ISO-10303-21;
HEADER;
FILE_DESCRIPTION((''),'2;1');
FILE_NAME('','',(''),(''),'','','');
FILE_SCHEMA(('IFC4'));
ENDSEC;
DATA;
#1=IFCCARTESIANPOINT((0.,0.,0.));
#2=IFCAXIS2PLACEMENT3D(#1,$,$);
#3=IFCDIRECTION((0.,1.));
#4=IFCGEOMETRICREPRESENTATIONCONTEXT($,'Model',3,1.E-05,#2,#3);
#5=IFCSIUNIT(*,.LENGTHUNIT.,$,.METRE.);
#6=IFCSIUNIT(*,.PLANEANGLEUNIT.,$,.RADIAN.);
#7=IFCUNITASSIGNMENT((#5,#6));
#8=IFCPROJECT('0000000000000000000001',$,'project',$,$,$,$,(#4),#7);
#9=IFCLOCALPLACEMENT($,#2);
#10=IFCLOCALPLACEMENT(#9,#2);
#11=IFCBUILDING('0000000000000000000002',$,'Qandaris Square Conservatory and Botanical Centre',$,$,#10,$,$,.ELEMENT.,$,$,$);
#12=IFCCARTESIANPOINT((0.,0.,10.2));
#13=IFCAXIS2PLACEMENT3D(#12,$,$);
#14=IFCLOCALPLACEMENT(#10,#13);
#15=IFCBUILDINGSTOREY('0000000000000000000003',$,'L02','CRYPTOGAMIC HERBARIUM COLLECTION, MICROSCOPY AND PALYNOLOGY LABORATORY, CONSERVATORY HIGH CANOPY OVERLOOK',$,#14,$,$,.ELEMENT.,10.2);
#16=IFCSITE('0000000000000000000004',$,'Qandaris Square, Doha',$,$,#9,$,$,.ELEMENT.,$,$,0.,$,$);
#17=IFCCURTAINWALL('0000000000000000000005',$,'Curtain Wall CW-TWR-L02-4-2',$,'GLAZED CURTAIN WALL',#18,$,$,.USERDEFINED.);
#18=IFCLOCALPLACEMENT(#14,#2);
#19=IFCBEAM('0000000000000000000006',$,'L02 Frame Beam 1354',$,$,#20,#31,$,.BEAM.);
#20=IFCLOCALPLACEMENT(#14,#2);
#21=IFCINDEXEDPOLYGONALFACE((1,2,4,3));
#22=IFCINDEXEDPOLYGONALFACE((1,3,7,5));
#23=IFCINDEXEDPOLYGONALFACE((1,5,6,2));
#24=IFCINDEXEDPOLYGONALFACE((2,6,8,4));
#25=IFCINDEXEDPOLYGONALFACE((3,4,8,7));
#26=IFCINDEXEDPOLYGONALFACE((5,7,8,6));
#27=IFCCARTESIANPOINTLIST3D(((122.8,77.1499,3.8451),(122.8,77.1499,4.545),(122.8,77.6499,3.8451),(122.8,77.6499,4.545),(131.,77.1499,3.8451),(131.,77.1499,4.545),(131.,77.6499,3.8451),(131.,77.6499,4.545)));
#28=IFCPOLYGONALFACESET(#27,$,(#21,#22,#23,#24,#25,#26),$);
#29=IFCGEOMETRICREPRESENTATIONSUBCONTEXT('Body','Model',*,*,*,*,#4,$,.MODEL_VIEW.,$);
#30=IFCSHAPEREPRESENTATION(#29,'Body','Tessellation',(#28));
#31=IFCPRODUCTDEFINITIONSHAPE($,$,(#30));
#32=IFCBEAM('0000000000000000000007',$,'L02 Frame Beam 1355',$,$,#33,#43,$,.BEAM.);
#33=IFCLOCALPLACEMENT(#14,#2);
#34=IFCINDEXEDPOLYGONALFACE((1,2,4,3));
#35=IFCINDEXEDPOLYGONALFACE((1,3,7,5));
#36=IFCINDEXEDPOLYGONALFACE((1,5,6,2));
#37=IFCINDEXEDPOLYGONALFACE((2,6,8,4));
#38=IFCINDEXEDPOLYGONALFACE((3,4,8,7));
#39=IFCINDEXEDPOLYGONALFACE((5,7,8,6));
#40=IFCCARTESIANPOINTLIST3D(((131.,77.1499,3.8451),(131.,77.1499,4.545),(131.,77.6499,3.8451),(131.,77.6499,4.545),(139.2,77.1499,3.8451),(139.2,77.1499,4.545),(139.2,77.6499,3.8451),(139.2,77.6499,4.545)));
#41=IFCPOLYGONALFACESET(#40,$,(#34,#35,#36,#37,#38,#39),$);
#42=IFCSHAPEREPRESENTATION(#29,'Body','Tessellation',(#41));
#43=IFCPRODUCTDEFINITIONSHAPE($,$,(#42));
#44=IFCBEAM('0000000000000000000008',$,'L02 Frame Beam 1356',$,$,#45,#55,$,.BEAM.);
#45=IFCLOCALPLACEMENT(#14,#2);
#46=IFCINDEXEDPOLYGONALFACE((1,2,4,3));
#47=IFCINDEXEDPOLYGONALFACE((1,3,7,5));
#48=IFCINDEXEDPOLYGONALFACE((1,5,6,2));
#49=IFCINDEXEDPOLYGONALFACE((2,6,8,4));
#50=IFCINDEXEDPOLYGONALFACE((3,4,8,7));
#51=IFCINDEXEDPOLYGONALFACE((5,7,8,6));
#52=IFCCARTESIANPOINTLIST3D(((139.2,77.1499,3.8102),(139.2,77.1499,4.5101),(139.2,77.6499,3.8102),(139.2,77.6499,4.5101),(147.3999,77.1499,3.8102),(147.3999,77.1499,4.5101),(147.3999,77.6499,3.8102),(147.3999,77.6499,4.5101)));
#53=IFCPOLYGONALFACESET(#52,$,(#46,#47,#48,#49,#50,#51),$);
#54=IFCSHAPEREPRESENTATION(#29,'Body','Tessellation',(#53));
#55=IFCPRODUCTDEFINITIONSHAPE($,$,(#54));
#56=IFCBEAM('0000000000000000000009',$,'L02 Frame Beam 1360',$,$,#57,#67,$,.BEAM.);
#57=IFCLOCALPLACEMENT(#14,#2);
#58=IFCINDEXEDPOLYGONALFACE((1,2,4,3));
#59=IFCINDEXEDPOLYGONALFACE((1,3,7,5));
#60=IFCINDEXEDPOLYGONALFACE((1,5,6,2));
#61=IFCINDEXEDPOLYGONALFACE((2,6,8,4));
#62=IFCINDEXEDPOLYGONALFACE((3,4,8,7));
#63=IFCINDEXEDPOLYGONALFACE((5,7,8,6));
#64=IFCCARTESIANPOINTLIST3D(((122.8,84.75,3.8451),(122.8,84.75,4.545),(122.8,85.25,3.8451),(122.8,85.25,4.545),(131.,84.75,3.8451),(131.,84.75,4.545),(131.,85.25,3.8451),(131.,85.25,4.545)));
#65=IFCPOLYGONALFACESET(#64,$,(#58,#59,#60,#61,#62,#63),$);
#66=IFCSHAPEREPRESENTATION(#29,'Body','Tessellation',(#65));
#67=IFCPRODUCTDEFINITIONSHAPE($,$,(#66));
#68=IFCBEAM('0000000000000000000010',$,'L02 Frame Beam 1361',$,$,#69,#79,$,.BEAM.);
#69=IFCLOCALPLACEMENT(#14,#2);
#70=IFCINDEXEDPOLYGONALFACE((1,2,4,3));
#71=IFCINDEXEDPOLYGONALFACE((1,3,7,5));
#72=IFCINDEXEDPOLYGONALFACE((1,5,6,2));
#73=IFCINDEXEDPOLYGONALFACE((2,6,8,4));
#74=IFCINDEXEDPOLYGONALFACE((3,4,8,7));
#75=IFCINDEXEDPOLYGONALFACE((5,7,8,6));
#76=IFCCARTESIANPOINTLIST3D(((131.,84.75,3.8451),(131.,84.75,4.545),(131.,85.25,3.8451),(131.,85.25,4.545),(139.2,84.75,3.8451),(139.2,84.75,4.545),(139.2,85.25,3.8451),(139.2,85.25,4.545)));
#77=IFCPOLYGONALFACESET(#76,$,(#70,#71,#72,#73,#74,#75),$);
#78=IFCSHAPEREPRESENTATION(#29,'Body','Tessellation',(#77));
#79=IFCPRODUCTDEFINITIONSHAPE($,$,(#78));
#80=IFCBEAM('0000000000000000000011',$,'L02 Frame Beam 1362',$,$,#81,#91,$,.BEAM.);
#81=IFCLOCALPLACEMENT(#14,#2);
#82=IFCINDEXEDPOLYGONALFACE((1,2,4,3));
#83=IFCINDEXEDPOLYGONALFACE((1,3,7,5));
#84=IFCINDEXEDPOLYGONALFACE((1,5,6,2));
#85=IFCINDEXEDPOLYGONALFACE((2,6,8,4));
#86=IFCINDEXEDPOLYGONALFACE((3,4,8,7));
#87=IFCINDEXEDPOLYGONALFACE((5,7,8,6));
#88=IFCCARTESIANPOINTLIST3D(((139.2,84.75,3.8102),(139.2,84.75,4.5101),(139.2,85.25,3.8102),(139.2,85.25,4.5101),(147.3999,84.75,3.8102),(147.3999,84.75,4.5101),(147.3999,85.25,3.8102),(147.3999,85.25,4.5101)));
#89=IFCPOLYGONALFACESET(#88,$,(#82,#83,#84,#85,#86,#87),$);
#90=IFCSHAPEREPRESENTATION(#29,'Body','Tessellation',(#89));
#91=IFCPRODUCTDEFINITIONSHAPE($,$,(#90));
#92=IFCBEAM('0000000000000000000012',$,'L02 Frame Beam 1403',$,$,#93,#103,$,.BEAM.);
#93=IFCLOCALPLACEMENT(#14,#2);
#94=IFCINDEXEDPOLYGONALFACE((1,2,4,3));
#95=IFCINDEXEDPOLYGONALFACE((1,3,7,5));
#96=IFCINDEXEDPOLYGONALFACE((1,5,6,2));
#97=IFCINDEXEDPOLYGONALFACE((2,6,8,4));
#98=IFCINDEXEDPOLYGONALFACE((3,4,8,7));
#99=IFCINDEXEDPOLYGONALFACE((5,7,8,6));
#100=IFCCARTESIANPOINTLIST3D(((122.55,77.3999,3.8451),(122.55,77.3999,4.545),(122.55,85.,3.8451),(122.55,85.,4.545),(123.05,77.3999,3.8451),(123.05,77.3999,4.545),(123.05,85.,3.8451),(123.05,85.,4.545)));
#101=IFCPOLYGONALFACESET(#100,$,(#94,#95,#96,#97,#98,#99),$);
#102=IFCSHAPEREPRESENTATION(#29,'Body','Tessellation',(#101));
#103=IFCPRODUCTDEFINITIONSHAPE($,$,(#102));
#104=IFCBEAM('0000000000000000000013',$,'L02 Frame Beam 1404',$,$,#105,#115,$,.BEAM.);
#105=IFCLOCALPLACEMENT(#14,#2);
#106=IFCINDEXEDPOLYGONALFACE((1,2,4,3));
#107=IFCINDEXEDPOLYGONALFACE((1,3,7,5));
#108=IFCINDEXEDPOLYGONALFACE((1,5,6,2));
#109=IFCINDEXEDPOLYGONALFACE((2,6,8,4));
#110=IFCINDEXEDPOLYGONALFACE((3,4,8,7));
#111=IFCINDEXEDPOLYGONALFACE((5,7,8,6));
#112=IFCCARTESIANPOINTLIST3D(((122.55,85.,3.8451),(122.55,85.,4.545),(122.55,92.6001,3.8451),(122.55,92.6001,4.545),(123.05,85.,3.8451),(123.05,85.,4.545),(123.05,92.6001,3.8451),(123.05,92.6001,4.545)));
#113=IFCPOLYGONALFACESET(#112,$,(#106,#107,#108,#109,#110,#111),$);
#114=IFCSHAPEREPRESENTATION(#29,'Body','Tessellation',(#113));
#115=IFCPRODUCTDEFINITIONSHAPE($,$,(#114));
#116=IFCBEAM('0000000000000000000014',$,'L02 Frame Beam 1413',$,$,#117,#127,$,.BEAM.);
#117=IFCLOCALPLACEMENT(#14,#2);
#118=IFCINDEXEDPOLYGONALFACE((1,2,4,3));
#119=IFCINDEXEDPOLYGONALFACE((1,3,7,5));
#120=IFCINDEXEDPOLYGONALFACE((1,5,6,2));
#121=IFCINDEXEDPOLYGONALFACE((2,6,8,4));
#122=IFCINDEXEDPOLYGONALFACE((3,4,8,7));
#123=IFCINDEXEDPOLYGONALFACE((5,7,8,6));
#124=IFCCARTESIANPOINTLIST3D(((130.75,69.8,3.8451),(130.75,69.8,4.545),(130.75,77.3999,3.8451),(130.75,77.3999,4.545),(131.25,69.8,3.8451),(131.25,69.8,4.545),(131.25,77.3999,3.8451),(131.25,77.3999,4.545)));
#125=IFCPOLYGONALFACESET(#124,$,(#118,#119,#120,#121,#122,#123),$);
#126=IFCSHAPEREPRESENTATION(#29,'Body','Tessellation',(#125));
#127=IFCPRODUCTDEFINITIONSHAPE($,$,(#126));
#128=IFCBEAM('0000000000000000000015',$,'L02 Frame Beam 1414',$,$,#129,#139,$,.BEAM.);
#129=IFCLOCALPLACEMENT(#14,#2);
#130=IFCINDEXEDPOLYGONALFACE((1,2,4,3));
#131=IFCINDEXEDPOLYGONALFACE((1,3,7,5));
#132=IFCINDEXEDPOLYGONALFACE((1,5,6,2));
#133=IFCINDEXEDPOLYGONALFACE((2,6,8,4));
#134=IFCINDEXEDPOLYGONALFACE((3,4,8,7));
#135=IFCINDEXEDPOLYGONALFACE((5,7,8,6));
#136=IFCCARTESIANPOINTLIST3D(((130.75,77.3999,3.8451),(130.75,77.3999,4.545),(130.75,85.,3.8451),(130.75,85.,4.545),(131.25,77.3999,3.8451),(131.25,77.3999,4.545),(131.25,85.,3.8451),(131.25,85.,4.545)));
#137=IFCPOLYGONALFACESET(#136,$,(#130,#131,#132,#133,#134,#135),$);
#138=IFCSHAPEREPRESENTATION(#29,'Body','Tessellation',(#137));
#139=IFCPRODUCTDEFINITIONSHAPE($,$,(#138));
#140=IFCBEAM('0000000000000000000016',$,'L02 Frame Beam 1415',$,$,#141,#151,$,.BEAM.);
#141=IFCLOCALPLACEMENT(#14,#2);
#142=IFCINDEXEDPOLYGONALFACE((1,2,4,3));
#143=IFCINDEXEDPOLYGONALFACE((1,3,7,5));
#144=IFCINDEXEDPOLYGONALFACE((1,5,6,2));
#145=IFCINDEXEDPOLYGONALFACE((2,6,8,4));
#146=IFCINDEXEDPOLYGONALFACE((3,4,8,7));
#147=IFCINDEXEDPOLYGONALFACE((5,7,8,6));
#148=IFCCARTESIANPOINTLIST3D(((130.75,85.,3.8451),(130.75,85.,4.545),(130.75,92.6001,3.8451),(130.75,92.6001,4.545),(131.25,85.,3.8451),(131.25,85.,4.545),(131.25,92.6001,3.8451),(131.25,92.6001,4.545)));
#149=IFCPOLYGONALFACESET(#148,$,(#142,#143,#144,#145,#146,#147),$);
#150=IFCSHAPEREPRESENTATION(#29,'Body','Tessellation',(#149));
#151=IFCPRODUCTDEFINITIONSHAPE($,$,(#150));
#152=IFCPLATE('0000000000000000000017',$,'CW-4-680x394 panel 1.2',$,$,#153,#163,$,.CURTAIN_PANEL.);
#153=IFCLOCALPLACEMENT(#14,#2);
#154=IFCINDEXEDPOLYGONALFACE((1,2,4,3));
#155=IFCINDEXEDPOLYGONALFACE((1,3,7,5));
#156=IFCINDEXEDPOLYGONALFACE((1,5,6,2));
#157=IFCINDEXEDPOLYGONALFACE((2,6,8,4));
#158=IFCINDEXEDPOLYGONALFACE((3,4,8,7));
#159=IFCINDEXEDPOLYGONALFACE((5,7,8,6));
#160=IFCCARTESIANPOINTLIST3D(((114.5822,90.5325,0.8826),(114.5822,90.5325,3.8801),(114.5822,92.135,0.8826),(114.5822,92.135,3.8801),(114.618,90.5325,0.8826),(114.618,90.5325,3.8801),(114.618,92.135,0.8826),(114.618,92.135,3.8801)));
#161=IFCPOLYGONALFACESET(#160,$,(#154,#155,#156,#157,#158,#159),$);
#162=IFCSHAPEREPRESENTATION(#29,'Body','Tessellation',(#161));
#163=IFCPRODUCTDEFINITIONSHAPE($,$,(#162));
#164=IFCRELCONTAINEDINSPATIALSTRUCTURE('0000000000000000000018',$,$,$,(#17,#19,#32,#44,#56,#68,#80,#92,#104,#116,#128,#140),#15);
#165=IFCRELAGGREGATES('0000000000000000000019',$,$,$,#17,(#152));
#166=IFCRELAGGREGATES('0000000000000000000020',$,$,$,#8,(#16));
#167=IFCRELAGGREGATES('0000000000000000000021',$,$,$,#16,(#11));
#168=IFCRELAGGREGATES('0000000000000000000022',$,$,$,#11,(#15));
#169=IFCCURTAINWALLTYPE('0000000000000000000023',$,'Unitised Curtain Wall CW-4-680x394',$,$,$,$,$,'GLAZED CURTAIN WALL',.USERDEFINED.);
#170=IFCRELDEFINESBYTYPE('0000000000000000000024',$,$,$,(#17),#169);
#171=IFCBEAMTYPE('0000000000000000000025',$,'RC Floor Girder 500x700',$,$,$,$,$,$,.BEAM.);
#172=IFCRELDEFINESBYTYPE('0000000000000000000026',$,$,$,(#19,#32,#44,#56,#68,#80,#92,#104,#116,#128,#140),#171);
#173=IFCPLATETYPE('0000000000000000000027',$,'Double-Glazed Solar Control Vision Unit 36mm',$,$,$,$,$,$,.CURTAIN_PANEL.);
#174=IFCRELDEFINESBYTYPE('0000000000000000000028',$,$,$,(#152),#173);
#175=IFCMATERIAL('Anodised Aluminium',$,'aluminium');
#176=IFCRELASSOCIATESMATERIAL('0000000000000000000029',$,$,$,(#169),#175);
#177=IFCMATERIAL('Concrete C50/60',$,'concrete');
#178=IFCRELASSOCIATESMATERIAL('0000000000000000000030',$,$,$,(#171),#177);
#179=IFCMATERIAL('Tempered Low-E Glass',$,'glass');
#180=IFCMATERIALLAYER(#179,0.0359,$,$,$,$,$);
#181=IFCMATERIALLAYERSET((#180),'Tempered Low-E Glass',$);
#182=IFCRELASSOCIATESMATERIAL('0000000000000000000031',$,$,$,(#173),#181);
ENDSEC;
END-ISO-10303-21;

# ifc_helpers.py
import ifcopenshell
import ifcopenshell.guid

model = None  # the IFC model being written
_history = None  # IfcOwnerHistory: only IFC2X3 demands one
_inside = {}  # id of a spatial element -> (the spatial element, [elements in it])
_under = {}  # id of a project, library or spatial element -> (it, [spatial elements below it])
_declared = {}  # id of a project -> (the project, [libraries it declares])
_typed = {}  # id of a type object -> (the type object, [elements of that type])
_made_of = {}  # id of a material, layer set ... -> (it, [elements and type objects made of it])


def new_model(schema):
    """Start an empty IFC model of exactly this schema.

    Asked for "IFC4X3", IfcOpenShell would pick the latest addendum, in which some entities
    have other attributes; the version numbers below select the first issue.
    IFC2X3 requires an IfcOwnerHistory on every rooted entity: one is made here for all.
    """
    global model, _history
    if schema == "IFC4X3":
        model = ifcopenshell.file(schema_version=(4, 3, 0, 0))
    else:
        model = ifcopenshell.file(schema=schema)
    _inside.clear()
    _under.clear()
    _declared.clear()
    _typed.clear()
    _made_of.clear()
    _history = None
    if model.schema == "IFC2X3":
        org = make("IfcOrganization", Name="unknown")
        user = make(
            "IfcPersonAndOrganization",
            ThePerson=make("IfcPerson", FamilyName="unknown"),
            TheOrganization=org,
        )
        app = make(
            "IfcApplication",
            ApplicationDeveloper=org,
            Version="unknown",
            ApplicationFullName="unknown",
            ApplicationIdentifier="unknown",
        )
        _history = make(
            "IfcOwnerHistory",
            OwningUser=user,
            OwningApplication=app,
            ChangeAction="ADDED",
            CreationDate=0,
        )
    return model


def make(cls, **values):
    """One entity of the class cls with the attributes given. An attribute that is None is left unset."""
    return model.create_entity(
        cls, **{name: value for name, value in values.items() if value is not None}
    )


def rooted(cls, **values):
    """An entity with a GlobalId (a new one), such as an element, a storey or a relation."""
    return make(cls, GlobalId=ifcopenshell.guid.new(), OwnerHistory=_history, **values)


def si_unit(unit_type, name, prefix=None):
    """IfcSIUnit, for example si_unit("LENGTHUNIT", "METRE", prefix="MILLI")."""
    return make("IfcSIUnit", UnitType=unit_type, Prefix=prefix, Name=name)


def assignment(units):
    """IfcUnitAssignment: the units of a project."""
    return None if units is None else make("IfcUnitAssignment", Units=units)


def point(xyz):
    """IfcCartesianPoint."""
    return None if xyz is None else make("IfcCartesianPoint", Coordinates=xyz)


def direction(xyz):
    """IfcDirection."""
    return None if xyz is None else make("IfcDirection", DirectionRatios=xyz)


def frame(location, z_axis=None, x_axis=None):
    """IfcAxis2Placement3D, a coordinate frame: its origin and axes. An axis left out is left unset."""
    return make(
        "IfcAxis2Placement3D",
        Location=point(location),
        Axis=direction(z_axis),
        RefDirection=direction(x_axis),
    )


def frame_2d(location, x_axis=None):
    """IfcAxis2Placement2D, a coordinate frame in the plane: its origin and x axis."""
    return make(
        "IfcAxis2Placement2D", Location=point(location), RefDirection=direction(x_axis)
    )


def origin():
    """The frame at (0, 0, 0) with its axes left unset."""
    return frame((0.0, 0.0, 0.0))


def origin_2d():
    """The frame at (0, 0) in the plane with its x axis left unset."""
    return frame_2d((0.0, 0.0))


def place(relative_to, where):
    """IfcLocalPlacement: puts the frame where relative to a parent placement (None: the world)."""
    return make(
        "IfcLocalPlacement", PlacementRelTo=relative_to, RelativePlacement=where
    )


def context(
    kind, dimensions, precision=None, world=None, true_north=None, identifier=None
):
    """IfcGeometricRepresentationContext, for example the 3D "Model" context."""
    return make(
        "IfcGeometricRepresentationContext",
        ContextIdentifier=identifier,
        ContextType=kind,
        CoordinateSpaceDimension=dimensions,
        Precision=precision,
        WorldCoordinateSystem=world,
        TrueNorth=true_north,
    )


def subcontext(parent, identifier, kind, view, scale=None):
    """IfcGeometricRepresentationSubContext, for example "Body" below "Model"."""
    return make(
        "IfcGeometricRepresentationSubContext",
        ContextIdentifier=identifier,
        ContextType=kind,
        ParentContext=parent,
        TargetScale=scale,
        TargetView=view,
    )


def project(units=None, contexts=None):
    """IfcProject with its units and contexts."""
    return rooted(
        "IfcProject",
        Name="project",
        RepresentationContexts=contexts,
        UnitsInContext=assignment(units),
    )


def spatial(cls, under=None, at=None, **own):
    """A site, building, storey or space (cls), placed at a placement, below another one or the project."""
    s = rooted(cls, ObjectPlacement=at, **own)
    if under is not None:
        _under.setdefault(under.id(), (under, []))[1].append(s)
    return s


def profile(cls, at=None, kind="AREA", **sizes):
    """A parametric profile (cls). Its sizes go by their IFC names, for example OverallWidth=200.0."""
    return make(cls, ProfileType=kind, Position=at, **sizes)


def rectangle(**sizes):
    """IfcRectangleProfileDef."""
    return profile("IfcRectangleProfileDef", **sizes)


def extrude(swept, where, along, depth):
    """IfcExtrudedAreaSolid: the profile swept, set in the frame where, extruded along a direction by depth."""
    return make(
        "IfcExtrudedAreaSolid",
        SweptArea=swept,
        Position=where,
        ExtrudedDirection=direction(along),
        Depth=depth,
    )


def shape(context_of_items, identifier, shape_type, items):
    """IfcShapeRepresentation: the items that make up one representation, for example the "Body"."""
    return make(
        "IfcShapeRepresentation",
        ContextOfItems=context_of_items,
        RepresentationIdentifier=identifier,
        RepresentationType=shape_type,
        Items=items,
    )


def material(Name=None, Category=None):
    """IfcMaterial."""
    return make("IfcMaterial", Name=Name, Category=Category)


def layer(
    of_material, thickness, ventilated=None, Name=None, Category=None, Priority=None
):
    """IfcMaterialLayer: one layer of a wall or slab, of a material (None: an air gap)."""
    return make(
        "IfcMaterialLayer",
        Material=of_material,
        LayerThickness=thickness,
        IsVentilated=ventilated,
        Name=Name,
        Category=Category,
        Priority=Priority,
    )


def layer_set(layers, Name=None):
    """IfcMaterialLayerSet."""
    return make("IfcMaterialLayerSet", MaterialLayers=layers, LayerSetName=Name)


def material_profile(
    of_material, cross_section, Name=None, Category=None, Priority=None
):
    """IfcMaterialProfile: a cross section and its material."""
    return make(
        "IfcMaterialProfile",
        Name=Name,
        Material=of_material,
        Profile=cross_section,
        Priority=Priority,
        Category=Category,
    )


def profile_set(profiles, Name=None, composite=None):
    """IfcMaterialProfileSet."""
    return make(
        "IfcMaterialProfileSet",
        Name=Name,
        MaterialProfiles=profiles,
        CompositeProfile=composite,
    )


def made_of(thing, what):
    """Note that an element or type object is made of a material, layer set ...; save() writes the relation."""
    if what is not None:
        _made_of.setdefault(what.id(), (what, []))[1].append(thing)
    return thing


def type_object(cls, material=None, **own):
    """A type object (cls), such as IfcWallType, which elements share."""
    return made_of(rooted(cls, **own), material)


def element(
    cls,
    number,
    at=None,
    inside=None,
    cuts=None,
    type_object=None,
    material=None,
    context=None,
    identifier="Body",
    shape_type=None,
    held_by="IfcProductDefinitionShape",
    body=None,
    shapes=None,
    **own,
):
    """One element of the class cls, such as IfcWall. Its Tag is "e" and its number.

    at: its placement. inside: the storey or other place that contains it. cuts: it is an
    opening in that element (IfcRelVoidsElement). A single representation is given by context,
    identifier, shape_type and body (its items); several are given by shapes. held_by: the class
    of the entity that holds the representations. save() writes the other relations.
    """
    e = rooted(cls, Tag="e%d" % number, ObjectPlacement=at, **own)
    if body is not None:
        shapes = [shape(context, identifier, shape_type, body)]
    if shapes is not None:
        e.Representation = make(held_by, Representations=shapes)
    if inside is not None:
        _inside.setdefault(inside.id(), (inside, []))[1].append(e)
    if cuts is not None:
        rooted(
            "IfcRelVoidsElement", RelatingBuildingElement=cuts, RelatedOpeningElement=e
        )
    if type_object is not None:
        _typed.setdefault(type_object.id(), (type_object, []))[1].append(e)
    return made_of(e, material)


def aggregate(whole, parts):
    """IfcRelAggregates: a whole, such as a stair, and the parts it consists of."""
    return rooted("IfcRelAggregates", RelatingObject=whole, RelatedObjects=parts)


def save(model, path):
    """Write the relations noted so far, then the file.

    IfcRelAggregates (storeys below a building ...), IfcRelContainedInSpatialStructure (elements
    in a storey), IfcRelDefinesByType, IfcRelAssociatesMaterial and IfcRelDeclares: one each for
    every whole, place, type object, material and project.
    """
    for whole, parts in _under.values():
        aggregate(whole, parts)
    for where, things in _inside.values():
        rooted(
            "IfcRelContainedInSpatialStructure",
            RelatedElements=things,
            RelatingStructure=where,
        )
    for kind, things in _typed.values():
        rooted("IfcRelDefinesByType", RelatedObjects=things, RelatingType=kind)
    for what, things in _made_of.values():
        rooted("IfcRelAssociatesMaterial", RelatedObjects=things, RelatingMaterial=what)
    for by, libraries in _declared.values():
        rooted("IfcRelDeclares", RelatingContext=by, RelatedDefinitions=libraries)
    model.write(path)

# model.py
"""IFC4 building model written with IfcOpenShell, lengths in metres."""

from ifc_helpers import new_model, si_unit, direction, frame, origin, origin_2d, place, context, subcontext, project, spatial, rectangle, extrude, material, layer, layer_set, material_profile, profile_set, type_object, element, aggregate, save


model = new_model("IFC4")

# Units and contexts
model_context = context("Model", 3, precision=1e-05, world=origin(), true_north=direction((0.0, 1.0)))
body_context = subcontext(model_context, "Body", "Model", "MODEL_VIEW")
ifc_project = project(units=[si_unit("LENGTHUNIT", "METRE"), si_unit("PLANEANGLEUNIT", "RADIAN")], contexts=[model_context])

# Site, building, storey
site_placement = place(None, origin())
site = spatial("IfcSite", under=ifc_project, at=site_placement, Name="Qandaris Square, Doha", CompositionType="ELEMENT", RefElevation=0.0)
building_placement = place(site_placement, origin())
building = spatial("IfcBuilding", under=site, at=building_placement, Name="Qandaris Square Conservatory and Botanical Centre", CompositionType="ELEMENT")
storey_placement = place(building_placement, frame((0.0, 0.0, 10.2)))
storey = spatial("IfcBuildingStorey", under=building, at=storey_placement, Name="L02", Description="CRYPTOGAMIC HERBARIUM COLLECTION, MICROSCOPY AND PALYNOLOGY LABORATORY, CONSERVATORY HIGH CANOPY OVERLOOK", CompositionType="ELEMENT", Elevation=10.2)

# Shared definitions
ifc_material_1 = material(Name="Concrete C50/60", Category="concrete")

# Curtain wall
ifc_material_2 = material(Name="Anodised Aluminium", Category="aluminium")
curtain_wall_type = type_object("IfcCurtainWallType", Name="Unitised Curtain Wall CW-4-680x394", ElementType="GLAZED CURTAIN WALL", PredefinedType="USERDEFINED", material=ifc_material_2)
curtain_wall_placement = place(storey_placement, origin())
curtain_wall = element("IfcCurtainWall", 1, at=curtain_wall_placement, inside=storey, type_object=curtain_wall_type, Name="Curtain Wall CW-TWR-L02-4-2", ObjectType="GLAZED CURTAIN WALL", PredefinedType="USERDEFINED")

# Beams
ifc_material_profile_1 = material_profile(ifc_material_1, rectangle(XDim=0.5, YDim=0.7, at=origin_2d()), Name="RC-BM 500x700")
ifc_profile_set_1 = profile_set([ifc_material_profile_1], Name="Concrete C50/60")
beam_type_1 = type_object("IfcBeamType", Name="RC Floor Girder 500x700", PredefinedType="BEAM", material=ifc_profile_set_1)
for number, where, z_axis, x_axis, name in (
    (2, (122.8, 77.3999, 4.1951), (1.0, 0.0, 0.0), (0.0, 1.0, 0.0), "L02 Frame Beam 1354"),
    (3, (131.0, 77.3999, 4.1951), (1.0, 0.0, 0.0), (0.0, 1.0, 0.0), "L02 Frame Beam 1355"),
    (4, (139.2, 77.3999, 4.1602), (1.0, 0.0, 0.0), (0.0, 1.0, 0.0), "L02 Frame Beam 1356"),
    (5, (122.8, 85.0, 4.1951), (1.0, 0.0, 0.0), (0.0, 1.0, 0.0), "L02 Frame Beam 1360"),
    (6, (131.0, 85.0, 4.1951), (1.0, 0.0, 0.0), (0.0, 1.0, 0.0), "L02 Frame Beam 1361"),
    (7, (139.2, 85.0, 4.1602), (1.0, 0.0, 0.0), (0.0, 1.0, 0.0), "L02 Frame Beam 1362"),
):
    element("IfcBeam", number, at=place(storey_placement, frame(where, z_axis=z_axis, x_axis=x_axis)), inside=storey, type_object=beam_type_1, Name=name, PredefinedType="BEAM", context=body_context, shape_type="SweptSolid", body=[
        extrude(rectangle(XDim=0.5, YDim=0.7, at=origin_2d()), origin(), (0.0, 0.0, 1.0), 8.2),
    ])
for number, where, z_axis, x_axis, name in (
    (8, (122.8, 77.3999, 4.1951), (0.0, 1.0, 0.0), (-1.0, 0.0, 0.0), "L02 Frame Beam 1403"),
    (9, (122.8, 85.0, 4.1951), (0.0, 1.0, 0.0), (-1.0, 0.0, 0.0), "L02 Frame Beam 1404"),
):
    element("IfcBeam", number, at=place(storey_placement, frame(where, z_axis=z_axis, x_axis=x_axis)), inside=storey, type_object=beam_type_1, Name=name, PredefinedType="BEAM", context=body_context, shape_type="SweptSolid", body=[
        extrude(rectangle(XDim=0.5, YDim=0.7, at=origin_2d()), origin(), (0.0, 0.0, 1.0), 7.6001),
    ])
beam_1_placement = place(storey_placement, frame((131.0, 69.8, 4.1951), z_axis=(0.0, 1.0, 0.0), x_axis=(-1.0, 0.0, 0.0)))
element("IfcBeam", 10, at=beam_1_placement, inside=storey, type_object=beam_type_1, Name="L02 Frame Beam 1413", PredefinedType="BEAM", context=body_context, shape_type="SweptSolid", body=[
    extrude(rectangle(XDim=0.5, YDim=0.7, at=origin_2d()), origin(), (0.0, 0.0, 1.0), 7.5999),
])
for number, where, z_axis, x_axis, name in (
    (11, (131.0, 77.3999, 4.1951), (0.0, 1.0, 0.0), (-1.0, 0.0, 0.0), "L02 Frame Beam 1414"),
    (12, (131.0, 85.0, 4.1951), (0.0, 1.0, 0.0), (-1.0, 0.0, 0.0), "L02 Frame Beam 1415"),
):
    element("IfcBeam", number, at=place(storey_placement, frame(where, z_axis=z_axis, x_axis=x_axis)), inside=storey, type_object=beam_type_1, Name=name, PredefinedType="BEAM", context=body_context, shape_type="SweptSolid", body=[
        extrude(rectangle(XDim=0.5, YDim=0.7, at=origin_2d()), origin(), (0.0, 0.0, 1.0), 7.6001),
    ])

# Plate
ifc_material_3 = material(Name="Tempered Low-E Glass", Category="glass")
ifc_layer = layer(ifc_material_3, 0.0359)
ifc_layer_set = layer_set([ifc_layer], Name="Tempered Low-E Glass")
plate_type = type_object("IfcPlateType", Name="Double-Glazed Solar Control Vision Unit 36mm", PredefinedType="CURTAIN_PANEL", material=ifc_layer_set)
plate_placement = place(storey_placement, frame((114.6001, 91.3337, 0.8826), z_axis=(0.0, 0.0, 1.0), x_axis=(0.0, -1.0, 0.0)))
plate = element("IfcPlate", 13, at=plate_placement, type_object=plate_type, Name="CW-4-680x394 panel 1.2", PredefinedType="CURTAIN_PANEL", context=body_context, shape_type="SweptSolid", body=[
    extrude(rectangle(XDim=1.6025, YDim=0.0359, at=origin_2d()), origin(), (0.0, 0.0, 1.0), 2.9976),
])
aggregate(curtain_wall, [plate])

save(model, "model.ifc")
